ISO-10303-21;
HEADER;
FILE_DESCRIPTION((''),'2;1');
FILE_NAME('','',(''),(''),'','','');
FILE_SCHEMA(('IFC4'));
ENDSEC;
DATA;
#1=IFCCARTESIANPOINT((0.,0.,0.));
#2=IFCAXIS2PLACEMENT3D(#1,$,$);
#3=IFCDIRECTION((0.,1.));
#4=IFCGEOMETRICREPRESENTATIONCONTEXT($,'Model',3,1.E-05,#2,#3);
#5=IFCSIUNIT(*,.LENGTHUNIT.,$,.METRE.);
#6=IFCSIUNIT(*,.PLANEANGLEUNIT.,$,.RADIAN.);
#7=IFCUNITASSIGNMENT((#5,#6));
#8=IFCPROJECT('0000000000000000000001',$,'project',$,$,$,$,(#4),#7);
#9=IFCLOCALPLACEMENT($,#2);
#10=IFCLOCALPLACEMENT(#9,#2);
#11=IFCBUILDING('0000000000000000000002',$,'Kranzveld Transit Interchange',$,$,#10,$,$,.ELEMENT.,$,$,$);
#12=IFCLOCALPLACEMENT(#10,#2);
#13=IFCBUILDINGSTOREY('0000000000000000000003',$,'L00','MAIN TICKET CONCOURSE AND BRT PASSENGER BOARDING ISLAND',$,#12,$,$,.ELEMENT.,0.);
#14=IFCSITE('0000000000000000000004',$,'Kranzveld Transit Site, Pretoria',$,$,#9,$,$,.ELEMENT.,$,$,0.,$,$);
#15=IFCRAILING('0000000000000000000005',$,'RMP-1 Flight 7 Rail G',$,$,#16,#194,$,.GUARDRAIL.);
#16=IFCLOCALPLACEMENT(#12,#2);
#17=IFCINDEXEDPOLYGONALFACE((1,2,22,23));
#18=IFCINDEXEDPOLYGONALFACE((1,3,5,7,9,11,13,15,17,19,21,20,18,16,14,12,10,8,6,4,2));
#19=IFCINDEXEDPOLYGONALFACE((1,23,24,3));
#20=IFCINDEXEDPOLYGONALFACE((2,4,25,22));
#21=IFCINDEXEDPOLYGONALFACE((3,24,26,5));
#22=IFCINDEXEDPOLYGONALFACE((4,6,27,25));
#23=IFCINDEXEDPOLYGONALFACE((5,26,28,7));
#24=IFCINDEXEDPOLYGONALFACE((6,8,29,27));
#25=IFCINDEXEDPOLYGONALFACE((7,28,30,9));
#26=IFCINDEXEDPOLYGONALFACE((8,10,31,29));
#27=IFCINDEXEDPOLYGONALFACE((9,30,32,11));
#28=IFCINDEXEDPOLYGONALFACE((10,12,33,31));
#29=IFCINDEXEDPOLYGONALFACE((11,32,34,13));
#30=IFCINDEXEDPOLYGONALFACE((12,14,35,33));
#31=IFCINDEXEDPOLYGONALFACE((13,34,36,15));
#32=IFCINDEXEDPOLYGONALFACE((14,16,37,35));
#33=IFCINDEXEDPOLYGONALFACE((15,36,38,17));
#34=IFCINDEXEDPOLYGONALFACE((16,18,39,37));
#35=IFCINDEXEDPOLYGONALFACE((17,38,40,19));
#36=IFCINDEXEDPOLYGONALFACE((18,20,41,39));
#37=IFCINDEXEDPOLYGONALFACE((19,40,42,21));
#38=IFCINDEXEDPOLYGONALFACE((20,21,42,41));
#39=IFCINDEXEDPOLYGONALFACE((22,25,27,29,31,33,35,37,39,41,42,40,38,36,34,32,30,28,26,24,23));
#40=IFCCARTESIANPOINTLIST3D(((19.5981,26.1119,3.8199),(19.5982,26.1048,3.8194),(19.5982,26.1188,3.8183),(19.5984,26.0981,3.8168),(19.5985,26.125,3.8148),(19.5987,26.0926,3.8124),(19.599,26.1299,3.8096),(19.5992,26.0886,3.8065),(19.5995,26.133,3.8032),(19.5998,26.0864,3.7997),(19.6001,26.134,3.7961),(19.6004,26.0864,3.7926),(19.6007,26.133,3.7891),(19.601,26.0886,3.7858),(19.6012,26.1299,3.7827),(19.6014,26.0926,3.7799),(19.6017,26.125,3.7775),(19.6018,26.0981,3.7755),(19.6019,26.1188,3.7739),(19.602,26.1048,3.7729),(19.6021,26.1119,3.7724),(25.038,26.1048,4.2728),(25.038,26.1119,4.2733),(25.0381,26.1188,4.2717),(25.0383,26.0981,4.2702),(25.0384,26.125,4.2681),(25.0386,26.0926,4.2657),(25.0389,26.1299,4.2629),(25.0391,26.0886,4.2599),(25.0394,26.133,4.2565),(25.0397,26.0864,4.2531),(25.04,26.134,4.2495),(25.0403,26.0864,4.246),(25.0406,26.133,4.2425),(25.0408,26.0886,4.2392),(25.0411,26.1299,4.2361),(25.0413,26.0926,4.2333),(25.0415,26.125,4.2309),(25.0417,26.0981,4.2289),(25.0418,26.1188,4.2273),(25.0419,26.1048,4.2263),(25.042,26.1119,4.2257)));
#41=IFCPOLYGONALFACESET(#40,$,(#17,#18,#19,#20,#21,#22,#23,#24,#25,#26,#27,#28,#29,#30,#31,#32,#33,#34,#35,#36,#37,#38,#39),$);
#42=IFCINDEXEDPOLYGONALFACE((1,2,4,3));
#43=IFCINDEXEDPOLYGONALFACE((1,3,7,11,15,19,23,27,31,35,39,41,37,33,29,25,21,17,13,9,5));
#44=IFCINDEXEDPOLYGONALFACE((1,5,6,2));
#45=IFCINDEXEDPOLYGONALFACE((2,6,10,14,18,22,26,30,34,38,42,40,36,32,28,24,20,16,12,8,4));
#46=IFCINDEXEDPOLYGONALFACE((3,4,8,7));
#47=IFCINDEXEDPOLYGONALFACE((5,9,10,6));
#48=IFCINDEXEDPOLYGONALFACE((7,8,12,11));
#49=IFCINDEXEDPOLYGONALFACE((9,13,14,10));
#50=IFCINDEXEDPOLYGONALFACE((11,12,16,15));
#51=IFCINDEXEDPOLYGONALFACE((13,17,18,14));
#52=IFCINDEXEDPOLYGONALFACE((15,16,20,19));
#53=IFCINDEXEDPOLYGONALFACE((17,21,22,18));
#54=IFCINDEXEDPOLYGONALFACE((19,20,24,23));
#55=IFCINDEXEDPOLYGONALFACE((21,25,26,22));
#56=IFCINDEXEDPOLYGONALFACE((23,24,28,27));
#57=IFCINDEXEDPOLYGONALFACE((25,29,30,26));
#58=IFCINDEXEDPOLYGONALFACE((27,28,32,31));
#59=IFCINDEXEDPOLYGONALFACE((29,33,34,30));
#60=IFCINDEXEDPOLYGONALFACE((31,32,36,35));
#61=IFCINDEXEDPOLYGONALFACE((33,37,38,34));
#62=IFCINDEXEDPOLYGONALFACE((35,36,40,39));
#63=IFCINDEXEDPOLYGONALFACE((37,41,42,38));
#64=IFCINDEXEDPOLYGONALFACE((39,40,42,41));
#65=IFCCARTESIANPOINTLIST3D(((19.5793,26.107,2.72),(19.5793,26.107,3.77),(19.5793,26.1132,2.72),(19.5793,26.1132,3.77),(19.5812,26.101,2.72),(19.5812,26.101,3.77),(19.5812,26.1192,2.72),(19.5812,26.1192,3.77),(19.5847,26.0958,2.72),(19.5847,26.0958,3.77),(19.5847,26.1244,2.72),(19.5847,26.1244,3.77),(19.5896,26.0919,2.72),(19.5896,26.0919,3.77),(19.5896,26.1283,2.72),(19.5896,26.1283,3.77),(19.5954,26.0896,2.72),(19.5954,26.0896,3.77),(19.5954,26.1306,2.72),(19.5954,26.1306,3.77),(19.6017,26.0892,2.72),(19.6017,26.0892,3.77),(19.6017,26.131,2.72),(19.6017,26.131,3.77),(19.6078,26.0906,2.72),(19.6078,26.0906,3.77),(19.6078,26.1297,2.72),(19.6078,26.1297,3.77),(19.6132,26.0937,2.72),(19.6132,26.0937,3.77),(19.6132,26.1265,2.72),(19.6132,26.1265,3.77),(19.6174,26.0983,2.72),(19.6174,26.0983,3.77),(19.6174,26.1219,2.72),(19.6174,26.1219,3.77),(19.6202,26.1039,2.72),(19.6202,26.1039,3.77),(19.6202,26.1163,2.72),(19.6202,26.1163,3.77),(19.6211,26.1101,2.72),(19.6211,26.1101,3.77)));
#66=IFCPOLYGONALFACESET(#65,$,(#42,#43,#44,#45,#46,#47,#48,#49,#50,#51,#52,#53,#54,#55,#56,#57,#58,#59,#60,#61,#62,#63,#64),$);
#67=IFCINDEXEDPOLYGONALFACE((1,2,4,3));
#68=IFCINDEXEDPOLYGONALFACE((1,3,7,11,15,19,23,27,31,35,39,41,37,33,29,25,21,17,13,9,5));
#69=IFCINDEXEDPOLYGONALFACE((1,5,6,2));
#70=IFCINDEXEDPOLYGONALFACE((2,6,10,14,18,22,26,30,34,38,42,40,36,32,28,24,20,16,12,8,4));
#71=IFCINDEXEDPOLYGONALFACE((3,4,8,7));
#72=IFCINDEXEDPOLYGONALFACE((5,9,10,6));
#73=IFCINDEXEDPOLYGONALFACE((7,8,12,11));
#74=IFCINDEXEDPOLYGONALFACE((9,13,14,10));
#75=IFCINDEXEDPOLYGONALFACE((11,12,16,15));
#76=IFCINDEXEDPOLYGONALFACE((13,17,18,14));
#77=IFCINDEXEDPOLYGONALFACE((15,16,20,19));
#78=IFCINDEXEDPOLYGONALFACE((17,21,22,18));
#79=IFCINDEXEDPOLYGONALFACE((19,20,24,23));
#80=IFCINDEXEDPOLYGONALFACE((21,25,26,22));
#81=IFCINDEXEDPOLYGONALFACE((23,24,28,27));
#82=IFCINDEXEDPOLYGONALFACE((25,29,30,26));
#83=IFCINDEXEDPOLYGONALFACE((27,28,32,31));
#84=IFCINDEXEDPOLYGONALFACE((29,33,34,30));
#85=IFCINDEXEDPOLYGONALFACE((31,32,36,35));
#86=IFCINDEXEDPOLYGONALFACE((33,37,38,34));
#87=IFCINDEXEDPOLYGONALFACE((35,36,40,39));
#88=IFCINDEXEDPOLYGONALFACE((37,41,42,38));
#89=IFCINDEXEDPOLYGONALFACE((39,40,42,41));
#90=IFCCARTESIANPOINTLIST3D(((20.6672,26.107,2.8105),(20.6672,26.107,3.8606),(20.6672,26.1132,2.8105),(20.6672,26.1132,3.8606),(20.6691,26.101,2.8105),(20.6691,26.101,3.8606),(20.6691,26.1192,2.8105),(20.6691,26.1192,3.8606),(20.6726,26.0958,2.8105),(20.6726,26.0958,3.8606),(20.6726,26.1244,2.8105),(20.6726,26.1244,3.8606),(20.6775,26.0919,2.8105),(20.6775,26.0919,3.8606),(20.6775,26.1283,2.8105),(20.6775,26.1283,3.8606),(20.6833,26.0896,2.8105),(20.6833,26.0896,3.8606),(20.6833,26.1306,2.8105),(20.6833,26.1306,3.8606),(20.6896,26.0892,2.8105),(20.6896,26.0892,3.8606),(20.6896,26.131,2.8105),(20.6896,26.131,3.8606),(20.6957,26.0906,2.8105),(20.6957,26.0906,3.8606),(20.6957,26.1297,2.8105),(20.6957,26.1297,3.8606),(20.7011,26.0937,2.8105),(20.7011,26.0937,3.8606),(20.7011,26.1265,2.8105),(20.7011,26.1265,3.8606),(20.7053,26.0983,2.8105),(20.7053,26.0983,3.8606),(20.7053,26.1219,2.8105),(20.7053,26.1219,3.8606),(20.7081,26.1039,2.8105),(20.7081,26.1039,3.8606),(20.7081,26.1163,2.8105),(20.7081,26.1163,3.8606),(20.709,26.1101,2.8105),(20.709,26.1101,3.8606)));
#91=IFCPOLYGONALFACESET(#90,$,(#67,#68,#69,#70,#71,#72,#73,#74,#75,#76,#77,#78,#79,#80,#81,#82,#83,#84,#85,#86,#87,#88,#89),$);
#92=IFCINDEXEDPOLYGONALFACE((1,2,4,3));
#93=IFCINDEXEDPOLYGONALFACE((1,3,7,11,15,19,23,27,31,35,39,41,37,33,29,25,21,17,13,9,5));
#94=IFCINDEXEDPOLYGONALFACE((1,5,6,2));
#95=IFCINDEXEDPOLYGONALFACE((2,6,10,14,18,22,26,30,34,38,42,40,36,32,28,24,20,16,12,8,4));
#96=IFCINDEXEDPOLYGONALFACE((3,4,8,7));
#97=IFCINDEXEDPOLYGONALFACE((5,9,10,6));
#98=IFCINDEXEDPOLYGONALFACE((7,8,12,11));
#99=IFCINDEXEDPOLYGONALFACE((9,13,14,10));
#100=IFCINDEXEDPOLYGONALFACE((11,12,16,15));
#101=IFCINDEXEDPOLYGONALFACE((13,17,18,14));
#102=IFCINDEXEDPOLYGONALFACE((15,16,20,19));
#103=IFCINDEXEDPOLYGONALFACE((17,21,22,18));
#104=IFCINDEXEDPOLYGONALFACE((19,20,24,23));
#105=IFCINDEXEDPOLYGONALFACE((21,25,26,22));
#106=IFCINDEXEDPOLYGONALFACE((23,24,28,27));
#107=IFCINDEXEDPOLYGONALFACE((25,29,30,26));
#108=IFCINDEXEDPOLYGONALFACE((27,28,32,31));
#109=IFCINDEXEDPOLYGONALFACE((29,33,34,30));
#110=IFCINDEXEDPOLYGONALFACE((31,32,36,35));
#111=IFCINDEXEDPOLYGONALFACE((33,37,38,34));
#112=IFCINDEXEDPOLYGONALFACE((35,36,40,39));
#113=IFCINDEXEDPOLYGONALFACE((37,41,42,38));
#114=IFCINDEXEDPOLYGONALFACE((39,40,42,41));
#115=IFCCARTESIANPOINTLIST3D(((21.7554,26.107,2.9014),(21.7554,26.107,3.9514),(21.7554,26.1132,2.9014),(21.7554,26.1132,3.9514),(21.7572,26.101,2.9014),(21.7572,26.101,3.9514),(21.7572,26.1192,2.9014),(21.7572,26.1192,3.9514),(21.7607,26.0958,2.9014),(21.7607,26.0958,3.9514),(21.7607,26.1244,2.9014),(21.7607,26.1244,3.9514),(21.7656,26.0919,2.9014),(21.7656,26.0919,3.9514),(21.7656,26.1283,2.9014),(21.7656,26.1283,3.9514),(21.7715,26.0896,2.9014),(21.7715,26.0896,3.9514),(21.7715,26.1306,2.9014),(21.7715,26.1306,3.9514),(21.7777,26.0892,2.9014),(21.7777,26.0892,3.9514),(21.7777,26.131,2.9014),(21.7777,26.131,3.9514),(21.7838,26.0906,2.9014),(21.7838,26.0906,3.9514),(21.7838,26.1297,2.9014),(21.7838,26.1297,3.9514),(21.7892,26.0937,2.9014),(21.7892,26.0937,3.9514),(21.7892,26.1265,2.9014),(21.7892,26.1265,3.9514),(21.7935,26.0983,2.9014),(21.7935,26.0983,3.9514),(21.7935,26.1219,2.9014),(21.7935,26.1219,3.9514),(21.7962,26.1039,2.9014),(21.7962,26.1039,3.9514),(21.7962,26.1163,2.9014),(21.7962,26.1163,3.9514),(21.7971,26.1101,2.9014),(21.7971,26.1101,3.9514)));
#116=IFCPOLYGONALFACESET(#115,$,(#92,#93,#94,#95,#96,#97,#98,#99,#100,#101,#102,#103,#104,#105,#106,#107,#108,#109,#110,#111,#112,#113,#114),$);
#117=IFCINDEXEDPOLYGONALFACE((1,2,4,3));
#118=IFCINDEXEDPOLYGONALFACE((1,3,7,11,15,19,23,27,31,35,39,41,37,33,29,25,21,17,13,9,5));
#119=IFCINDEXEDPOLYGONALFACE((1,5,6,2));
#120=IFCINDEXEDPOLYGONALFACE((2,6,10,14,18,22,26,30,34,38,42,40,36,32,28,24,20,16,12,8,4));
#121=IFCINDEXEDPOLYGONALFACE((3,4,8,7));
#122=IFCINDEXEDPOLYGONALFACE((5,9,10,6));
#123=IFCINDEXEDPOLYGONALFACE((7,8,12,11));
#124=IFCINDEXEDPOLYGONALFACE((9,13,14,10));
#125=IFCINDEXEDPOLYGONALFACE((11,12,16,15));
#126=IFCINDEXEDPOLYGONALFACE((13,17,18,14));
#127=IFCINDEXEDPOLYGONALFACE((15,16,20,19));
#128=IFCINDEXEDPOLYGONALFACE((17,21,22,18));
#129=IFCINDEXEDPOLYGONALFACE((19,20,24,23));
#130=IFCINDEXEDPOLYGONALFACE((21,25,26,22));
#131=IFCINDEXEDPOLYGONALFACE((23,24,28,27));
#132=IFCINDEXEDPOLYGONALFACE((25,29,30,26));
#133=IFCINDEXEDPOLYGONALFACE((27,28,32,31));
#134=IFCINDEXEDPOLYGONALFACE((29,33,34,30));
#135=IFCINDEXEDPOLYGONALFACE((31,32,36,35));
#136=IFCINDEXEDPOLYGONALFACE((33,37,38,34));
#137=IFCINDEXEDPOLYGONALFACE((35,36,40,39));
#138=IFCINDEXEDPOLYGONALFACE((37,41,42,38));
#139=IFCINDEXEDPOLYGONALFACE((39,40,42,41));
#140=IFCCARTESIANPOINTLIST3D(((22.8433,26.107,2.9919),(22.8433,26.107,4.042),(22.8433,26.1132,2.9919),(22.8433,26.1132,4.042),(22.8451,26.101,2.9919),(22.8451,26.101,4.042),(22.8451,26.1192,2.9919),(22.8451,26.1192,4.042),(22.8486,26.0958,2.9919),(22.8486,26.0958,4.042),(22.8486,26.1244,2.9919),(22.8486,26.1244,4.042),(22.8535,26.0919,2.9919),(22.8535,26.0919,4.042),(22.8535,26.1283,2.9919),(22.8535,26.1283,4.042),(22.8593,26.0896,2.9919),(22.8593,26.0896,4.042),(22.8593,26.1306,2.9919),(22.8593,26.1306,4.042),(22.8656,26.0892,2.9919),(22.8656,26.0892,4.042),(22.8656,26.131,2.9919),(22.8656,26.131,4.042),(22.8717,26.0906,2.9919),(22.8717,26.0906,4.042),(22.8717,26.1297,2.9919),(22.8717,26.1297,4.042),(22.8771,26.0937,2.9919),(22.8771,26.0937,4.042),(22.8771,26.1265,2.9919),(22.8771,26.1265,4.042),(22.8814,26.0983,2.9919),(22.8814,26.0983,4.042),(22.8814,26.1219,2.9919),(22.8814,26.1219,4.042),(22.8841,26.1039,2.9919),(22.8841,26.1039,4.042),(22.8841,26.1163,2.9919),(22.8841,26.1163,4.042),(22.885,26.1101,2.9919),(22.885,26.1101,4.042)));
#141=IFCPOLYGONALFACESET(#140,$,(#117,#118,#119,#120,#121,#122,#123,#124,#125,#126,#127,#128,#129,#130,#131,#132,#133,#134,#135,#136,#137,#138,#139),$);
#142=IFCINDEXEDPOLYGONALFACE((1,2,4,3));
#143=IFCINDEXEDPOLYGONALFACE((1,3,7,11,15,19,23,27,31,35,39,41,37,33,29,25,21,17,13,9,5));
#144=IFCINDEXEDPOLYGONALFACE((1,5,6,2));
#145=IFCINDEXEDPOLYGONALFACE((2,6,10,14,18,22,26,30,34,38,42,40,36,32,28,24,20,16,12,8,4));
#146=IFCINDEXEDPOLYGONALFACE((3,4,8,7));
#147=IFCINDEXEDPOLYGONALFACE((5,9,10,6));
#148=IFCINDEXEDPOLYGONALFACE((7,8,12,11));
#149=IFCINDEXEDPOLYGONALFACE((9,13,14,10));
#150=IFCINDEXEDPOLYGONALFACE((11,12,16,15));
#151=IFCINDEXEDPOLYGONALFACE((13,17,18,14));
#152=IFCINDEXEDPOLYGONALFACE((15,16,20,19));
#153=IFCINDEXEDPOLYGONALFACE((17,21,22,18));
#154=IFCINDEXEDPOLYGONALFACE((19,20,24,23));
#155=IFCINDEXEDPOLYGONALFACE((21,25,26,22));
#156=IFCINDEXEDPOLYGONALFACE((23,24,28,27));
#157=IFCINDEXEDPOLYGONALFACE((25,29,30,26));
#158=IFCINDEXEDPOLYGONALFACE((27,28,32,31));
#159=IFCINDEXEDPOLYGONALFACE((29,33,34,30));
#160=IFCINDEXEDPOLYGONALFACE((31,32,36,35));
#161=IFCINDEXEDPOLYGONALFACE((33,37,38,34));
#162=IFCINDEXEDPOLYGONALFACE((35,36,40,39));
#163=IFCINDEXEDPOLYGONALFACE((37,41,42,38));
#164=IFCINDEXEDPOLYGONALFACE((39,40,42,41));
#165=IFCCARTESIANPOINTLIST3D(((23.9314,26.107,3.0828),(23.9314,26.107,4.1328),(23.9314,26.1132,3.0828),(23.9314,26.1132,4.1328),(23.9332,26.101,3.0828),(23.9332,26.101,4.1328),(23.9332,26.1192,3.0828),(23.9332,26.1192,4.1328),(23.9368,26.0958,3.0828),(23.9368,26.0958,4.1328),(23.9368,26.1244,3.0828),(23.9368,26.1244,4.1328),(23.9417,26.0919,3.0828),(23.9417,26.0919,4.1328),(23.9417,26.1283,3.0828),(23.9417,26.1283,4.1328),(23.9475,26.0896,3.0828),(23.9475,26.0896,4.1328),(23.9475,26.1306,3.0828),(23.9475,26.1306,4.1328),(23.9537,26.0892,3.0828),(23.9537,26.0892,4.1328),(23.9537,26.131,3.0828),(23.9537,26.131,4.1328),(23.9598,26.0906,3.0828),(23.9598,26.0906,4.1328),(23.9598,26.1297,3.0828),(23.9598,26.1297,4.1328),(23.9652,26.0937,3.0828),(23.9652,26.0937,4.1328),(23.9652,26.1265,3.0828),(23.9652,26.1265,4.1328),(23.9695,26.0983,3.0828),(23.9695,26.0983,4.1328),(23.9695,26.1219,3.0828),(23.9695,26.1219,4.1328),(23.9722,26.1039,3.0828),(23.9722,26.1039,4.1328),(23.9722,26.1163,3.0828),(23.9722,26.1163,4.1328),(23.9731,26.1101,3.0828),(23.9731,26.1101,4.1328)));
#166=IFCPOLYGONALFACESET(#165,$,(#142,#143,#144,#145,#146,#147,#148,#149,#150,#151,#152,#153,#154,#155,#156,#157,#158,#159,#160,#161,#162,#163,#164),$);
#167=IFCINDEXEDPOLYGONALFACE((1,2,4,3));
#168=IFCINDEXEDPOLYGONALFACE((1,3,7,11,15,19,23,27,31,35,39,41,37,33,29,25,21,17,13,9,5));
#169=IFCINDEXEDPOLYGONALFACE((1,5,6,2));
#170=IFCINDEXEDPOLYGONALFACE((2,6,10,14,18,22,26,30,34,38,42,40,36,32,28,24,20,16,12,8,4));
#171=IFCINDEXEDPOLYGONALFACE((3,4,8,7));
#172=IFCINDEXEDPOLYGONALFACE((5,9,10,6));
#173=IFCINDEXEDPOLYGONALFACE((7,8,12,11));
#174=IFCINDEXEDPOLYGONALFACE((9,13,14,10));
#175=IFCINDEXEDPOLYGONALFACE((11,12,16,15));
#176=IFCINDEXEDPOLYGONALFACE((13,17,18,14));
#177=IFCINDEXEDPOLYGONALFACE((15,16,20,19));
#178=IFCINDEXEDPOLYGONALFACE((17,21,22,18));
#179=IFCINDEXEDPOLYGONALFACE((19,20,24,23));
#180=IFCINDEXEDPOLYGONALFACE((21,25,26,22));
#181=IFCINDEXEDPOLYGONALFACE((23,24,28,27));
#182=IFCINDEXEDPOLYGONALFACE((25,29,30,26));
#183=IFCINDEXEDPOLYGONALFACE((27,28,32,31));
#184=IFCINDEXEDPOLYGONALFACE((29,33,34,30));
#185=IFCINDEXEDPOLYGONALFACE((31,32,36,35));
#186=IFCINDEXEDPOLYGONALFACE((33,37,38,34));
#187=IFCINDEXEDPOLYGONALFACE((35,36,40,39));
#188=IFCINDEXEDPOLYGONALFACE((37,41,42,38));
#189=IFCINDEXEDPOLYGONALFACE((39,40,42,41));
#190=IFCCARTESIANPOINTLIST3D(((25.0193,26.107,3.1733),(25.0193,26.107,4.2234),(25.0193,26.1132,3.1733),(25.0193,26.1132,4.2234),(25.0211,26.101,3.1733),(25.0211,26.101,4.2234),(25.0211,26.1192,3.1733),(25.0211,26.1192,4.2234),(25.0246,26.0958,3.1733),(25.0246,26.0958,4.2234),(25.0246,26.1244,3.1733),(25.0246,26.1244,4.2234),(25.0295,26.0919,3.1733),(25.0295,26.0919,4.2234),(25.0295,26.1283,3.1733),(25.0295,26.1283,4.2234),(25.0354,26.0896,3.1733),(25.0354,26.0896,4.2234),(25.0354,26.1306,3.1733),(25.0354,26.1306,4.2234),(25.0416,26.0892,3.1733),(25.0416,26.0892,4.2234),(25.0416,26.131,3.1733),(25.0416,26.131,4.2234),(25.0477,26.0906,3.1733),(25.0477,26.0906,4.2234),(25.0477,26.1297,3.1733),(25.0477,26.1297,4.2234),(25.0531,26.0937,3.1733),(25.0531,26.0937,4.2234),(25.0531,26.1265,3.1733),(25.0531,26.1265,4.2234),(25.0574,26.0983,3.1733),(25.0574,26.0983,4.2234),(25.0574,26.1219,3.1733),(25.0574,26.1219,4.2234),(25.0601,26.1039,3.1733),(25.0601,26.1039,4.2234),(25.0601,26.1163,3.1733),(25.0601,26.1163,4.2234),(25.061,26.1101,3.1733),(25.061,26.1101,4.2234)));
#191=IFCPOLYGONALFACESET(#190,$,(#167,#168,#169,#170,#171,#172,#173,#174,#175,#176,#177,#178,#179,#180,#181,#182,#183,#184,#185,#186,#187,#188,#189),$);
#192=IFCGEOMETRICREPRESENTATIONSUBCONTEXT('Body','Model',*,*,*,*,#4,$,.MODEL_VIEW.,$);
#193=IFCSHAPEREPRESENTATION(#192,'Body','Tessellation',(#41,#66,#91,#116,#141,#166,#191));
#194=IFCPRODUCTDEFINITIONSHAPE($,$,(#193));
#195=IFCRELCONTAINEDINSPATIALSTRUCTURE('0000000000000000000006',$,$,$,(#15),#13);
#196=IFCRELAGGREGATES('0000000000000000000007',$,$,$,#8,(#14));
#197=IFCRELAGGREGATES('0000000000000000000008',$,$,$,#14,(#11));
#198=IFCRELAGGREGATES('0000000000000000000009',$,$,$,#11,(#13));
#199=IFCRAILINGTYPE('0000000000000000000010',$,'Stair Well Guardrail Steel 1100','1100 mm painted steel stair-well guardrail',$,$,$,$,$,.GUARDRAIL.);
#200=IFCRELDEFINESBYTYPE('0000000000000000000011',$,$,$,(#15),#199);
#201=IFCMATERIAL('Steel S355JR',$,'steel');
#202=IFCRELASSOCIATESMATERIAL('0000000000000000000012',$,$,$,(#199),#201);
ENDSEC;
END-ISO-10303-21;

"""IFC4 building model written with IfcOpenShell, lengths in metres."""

from ifc_helpers import new_model, si_unit, direction, frame, origin, origin_2d, place, context, subcontext, project, spatial, circle, extrude, material, type_object, element, save


model = new_model("IFC4")

# Units and contexts
model_context = context("Model", 3, precision=1e-05, world=origin(), true_north=direction((0.0, 1.0)))
body_context = subcontext(model_context, "Body", "Model", "MODEL_VIEW")
ifc_project = project(units=[si_unit("LENGTHUNIT", "METRE"), si_unit("PLANEANGLEUNIT", "RADIAN")], contexts=[model_context])

# Site, building, storey
site_placement = place(None, origin())
site = spatial("IfcSite", under=ifc_project, at=site_placement, Name="Kranzveld Transit Site, Pretoria", CompositionType="ELEMENT", RefElevation=0.0)
building_placement = place(site_placement, origin())
building = spatial("IfcBuilding", under=site, at=building_placement, Name="Kranzveld Transit Interchange", CompositionType="ELEMENT")
storey_placement = place(building_placement, origin())
storey = spatial("IfcBuildingStorey", under=building, at=storey_placement, Name="L00", Description="MAIN TICKET CONCOURSE AND BRT PASSENGER BOARDING ISLAND", CompositionType="ELEMENT", Elevation=0.0)

# Railing
ifc_material_1 = material(Name="Steel S355JR", Category="steel")
railing_type_1 = type_object("IfcRailingType", Name="Stair Well Guardrail Steel 1100", Description="1100 mm painted steel stair-well guardrail", PredefinedType="GUARDRAIL", material=ifc_material_1)
for number, where, name in (
    (1, (19.6001, 26.1101, 2.72), "RMP-1 Flight 7 Rail G"),
):
    element("IfcRailing", number, at=place(storey_placement, frame(where)), inside=storey, type_object=railing_type_1, Name=name, PredefinedType="GUARDRAIL", context=body_context, shape_type="SweptSolid", body=[
        extrude(circle(Radius=0.0239, at=origin_2d()), frame((0.0, 0.0, 1.0762), z_axis=(0.996545, 0.0, 0.083053), x_axis=(0.0, 1.0, 0.0)), (0.0, 0.0, 1.0), 5.4587),
        extrude(circle(Radius=0.021, at=origin_2d()), origin(), (0.0, 0.0, 1.0), 1.05),
        extrude(circle(Radius=0.021, at=origin_2d()), frame((1.0879, 0.0, 0.0906)), (0.0, 0.0, 1.0), 1.05),
        extrude(circle(Radius=0.021, at=origin_2d()), frame((2.176, 0.0, 0.1814)), (0.0, 0.0, 1.0), 1.05),
        extrude(circle(Radius=0.021, at=origin_2d()), frame((3.2639, 0.0, 0.272)), (0.0, 0.0, 1.0), 1.05),
        extrude(circle(Radius=0.021, at=origin_2d()), frame((4.3521, 0.0, 0.3628)), (0.0, 0.0, 1.0), 1.05),
        extrude(circle(Radius=0.021, at=origin_2d()), frame((5.4399, 0.0, 0.4534)), (0.0, 0.0, 1.0), 1.05),
    ])

save(model, "model.ifc")
